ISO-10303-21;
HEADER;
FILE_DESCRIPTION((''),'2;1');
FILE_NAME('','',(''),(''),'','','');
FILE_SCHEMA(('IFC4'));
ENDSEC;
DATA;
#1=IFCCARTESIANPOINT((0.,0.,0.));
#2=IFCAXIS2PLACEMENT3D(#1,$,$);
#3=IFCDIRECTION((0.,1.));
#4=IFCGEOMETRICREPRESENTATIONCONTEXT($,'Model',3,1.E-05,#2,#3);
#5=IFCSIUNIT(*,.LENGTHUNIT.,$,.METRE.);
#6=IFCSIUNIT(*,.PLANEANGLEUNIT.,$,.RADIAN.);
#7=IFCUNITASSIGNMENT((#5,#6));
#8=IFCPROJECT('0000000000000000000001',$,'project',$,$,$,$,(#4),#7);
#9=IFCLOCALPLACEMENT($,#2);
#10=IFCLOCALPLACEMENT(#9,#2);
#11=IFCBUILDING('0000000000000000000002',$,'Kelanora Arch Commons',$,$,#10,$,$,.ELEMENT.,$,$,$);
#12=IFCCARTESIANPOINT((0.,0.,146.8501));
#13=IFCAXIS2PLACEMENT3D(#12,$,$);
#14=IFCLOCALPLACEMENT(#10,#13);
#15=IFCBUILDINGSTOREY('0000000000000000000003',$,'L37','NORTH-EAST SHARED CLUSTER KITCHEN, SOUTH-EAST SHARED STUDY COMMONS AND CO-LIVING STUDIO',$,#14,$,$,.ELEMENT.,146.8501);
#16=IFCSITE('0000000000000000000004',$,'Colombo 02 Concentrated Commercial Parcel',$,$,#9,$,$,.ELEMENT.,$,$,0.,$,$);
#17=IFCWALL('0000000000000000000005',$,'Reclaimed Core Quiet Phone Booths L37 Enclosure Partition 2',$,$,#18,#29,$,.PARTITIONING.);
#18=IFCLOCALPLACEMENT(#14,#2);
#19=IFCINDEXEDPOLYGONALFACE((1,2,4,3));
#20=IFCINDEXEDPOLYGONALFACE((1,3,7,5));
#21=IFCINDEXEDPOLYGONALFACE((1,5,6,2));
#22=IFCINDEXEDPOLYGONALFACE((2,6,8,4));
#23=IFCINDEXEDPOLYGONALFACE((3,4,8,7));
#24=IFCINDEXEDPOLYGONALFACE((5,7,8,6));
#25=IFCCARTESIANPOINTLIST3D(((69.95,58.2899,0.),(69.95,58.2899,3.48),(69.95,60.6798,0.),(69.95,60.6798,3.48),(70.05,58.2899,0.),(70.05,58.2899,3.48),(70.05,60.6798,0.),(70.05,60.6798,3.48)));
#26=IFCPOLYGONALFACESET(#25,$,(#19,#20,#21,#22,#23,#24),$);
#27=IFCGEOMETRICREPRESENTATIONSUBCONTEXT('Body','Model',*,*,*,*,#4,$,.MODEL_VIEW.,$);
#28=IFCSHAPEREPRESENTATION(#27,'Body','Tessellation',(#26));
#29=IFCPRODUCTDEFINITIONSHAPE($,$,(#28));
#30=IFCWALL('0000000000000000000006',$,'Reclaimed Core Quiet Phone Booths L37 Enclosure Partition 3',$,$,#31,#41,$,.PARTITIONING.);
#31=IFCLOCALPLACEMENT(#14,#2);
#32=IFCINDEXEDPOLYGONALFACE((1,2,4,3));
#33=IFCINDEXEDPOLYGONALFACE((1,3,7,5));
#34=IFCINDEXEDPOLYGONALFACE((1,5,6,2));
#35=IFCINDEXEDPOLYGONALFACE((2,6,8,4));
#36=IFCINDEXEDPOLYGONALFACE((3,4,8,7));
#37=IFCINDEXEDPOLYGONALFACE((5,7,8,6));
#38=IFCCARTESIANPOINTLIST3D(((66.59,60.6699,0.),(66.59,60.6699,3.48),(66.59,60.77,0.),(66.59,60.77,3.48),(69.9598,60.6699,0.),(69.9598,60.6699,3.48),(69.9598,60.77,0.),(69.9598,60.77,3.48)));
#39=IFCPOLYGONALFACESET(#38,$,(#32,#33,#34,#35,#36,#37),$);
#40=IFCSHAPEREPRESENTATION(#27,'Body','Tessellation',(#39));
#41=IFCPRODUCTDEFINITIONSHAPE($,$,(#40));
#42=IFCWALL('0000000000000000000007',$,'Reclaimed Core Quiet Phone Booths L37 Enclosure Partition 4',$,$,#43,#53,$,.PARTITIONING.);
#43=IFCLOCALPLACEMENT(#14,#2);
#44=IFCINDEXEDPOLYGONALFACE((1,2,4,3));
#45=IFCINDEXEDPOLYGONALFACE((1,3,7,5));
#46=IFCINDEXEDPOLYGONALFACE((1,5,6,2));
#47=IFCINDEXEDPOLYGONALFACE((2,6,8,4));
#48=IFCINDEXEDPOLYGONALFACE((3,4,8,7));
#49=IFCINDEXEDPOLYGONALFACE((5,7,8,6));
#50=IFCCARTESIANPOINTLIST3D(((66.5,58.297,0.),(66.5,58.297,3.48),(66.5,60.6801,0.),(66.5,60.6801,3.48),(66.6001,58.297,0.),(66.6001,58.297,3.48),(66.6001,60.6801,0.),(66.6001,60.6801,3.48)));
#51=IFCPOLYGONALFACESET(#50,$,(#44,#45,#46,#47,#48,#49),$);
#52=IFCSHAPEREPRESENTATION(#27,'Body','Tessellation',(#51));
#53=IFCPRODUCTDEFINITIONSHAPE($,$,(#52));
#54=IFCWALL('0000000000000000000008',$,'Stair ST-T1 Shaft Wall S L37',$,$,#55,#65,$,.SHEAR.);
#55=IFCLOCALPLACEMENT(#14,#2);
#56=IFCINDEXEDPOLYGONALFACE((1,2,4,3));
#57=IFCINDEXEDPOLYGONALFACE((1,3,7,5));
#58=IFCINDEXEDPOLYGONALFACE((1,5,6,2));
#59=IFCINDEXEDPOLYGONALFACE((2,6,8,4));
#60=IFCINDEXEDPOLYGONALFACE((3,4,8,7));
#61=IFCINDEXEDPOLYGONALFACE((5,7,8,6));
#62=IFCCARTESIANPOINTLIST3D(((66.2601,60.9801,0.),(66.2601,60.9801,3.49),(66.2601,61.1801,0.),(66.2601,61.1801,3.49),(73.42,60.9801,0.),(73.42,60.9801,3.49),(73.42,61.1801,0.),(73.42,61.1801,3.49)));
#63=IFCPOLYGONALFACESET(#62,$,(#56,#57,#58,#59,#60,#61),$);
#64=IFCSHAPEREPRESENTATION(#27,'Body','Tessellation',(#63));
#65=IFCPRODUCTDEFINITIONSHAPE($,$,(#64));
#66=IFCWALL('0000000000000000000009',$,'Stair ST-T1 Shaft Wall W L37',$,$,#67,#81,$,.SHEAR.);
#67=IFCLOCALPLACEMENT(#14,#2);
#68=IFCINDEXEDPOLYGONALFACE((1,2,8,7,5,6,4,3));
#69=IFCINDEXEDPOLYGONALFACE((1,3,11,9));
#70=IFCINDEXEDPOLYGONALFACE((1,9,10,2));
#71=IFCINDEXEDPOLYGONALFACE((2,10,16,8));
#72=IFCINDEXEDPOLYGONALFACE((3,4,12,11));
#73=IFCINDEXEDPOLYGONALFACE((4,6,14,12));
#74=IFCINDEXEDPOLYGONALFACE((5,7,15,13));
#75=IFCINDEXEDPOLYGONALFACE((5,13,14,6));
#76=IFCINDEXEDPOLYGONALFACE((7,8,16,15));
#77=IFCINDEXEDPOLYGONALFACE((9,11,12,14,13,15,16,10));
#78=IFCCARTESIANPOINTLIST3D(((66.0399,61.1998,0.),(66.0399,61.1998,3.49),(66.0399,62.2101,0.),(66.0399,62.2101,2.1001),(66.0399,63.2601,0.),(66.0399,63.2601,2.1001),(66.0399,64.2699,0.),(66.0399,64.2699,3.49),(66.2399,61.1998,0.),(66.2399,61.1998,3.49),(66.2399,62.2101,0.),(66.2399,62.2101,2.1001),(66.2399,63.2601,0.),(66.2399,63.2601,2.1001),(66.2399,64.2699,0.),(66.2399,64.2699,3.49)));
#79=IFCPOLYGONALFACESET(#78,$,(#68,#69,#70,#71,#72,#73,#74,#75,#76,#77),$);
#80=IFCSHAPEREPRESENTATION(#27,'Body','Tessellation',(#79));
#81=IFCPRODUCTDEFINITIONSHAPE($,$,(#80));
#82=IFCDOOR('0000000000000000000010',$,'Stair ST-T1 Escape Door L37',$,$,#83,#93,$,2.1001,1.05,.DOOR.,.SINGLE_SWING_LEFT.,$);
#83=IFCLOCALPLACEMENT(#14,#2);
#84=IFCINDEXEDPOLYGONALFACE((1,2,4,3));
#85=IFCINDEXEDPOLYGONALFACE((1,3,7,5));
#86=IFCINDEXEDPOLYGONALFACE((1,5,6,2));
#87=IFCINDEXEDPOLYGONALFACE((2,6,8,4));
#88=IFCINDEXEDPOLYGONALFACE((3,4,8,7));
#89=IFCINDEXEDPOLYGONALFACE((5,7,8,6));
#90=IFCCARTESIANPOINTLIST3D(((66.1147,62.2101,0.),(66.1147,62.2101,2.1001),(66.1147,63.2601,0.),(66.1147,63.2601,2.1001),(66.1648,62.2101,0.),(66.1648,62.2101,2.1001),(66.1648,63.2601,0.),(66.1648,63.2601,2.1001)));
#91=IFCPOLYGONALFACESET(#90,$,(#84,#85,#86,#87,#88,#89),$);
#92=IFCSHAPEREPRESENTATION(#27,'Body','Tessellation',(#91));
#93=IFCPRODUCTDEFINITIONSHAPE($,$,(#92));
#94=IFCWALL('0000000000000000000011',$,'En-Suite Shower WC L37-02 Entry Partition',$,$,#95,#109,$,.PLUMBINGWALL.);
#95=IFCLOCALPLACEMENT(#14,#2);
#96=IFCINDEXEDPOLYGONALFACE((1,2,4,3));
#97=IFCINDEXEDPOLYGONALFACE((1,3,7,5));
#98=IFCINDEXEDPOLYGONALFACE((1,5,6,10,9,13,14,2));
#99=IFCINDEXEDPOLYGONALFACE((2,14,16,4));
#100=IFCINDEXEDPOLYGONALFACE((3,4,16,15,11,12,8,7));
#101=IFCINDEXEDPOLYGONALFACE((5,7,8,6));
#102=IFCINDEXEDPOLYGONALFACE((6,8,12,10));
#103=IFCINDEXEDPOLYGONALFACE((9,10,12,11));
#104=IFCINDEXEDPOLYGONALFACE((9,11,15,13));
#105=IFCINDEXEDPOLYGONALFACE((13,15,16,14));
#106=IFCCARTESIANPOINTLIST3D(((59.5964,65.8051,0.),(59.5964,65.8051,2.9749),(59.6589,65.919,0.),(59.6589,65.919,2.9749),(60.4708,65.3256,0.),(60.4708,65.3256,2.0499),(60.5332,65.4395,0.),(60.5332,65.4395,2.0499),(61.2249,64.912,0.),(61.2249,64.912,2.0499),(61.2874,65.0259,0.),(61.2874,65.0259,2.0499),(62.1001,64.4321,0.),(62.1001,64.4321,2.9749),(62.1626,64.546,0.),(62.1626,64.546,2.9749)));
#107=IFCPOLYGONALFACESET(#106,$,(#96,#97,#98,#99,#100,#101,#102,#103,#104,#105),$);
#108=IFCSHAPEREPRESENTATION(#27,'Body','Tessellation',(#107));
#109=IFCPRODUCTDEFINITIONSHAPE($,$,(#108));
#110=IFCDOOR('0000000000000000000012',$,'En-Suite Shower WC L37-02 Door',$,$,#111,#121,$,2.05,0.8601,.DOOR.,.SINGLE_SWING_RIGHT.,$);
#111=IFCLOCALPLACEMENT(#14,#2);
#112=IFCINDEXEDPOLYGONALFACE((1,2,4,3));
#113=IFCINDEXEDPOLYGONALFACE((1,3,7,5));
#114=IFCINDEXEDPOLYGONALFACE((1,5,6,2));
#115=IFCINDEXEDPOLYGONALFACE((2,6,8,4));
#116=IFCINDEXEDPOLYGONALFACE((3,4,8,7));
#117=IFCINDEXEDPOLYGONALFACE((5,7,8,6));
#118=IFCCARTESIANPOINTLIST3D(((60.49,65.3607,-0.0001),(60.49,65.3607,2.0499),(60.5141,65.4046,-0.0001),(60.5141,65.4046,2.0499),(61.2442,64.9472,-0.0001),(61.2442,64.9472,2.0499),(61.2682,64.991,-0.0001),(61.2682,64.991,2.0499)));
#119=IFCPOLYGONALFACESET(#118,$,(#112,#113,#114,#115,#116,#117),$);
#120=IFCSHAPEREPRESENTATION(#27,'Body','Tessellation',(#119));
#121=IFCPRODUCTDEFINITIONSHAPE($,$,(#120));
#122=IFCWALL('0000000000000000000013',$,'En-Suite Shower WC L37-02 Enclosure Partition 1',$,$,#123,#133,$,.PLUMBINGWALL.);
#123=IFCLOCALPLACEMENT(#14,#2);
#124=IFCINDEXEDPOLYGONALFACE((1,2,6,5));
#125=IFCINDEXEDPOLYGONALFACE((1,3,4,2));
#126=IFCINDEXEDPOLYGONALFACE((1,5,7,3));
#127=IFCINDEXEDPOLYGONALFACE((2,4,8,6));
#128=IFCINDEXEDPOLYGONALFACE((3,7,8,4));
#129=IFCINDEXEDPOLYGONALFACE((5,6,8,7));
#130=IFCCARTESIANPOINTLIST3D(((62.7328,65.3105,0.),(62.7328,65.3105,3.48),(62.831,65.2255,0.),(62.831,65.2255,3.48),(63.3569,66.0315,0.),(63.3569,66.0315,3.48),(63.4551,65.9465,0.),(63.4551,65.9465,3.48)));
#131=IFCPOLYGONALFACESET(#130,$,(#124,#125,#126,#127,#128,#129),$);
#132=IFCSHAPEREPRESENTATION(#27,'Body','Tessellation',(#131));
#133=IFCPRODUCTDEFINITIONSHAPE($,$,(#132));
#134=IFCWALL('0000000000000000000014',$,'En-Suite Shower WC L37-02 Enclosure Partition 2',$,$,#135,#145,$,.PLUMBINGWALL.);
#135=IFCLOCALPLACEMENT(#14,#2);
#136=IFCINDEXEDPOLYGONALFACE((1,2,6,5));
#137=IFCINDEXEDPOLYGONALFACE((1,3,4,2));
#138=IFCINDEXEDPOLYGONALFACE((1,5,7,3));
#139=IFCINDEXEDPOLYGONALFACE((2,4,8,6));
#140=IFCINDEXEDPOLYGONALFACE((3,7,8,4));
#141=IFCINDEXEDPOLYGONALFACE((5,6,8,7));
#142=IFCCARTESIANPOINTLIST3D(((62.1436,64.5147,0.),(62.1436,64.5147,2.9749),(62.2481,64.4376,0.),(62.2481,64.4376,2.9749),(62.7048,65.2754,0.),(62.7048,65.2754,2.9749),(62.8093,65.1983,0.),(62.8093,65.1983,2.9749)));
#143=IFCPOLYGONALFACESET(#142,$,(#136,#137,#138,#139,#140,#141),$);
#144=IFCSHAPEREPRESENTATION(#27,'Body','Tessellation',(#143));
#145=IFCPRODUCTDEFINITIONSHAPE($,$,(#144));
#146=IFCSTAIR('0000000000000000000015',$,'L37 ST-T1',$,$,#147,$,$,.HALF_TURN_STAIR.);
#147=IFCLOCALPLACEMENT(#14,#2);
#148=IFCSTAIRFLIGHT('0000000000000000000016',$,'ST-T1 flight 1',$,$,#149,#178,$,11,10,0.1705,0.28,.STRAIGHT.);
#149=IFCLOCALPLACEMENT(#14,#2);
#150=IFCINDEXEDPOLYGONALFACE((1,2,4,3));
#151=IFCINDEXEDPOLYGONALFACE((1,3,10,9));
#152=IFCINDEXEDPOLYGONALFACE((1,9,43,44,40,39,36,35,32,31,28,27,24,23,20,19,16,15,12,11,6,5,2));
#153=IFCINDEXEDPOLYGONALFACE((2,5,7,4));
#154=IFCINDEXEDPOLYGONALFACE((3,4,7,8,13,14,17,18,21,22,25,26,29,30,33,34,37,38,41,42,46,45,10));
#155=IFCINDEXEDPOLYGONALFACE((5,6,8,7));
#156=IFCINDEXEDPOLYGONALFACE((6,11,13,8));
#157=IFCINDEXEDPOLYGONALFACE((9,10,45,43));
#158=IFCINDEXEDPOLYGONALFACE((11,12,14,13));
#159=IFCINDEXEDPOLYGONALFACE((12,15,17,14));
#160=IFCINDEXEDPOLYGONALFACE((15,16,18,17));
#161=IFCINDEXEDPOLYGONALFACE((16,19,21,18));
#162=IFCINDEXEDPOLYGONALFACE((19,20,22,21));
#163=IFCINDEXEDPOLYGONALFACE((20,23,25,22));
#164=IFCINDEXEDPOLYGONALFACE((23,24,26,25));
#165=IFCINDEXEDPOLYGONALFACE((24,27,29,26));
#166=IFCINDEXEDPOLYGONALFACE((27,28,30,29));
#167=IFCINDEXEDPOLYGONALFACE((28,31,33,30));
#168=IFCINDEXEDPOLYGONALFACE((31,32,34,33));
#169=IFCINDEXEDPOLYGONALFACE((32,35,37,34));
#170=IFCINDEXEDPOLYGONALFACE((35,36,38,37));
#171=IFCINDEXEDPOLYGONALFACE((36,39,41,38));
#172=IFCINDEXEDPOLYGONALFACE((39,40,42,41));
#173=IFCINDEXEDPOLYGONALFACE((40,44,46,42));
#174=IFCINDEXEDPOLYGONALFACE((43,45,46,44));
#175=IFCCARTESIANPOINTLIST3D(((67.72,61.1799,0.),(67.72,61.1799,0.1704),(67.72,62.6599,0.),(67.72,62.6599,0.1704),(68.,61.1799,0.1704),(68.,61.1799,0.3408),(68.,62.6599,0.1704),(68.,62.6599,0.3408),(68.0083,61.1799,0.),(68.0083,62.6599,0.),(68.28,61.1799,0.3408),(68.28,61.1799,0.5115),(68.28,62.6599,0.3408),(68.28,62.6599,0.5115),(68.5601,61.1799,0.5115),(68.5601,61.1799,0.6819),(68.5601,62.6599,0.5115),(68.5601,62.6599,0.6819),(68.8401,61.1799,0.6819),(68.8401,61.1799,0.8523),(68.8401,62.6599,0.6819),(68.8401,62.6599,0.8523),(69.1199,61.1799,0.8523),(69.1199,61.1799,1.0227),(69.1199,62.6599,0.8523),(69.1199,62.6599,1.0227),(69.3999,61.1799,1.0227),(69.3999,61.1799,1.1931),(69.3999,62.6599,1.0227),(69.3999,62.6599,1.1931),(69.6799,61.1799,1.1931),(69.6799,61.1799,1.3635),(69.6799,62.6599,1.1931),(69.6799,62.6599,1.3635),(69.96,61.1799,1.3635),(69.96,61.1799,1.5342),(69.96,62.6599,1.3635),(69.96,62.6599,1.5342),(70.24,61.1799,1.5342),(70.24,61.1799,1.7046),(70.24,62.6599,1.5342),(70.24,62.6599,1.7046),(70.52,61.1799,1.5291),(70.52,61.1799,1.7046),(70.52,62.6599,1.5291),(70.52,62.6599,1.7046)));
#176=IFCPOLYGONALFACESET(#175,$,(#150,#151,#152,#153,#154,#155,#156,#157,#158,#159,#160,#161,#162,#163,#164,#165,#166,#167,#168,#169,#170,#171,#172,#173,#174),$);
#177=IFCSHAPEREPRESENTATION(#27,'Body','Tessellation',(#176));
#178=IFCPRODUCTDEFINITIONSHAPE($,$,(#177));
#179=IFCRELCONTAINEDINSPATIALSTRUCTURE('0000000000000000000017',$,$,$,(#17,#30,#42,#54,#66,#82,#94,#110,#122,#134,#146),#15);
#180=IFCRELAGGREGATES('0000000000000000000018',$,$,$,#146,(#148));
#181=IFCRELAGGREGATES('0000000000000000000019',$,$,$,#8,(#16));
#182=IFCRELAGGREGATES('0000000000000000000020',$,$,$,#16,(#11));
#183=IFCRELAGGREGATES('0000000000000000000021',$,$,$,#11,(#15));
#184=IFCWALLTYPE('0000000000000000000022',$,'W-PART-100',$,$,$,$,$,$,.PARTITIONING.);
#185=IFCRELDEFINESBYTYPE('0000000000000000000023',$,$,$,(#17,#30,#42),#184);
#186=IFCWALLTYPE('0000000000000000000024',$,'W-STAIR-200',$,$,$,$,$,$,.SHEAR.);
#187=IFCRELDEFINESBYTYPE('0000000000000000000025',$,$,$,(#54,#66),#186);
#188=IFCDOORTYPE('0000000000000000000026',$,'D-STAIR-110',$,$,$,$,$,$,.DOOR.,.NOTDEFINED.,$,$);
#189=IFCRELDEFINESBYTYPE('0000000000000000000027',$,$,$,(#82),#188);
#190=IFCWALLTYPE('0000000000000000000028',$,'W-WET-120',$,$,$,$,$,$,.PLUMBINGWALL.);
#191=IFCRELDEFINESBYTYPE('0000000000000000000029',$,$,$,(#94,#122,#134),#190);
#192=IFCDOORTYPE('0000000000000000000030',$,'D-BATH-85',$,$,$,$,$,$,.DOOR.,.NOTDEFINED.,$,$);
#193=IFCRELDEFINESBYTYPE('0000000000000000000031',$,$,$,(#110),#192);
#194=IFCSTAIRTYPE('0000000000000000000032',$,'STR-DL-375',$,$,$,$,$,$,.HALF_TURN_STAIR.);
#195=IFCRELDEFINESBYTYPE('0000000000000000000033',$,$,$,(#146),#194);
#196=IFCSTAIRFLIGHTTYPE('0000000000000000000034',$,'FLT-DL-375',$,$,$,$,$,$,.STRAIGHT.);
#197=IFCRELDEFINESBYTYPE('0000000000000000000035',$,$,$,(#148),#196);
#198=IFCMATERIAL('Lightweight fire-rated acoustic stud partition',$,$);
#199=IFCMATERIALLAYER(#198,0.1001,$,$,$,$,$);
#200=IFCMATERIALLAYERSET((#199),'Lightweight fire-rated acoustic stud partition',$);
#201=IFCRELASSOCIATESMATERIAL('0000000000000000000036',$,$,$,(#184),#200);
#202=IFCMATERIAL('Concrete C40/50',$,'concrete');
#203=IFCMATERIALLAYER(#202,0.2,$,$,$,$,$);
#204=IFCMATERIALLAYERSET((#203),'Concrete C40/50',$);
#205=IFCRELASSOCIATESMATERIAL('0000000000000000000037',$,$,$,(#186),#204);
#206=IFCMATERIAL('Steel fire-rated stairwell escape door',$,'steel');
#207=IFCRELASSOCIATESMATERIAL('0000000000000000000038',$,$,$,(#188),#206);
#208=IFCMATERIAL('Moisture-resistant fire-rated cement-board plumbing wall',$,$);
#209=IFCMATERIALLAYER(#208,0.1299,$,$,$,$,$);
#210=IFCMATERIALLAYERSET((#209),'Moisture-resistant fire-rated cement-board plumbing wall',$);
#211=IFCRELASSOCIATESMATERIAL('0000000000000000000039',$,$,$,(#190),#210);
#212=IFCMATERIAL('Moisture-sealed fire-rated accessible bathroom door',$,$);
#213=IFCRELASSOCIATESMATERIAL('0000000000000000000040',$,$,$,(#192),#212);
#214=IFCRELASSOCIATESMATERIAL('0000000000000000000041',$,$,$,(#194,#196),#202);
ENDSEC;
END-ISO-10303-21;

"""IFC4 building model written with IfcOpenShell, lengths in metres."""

from ifc_helpers import new_model, si_unit, direction, frame, frame_2d, origin, place, context, subcontext, project, spatial, polyline, rectangle, outline, extrude, material, layer, layer_set, type_object, element, fill, aggregate, save


model = new_model("IFC4")

# Units and contexts
model_context = context("Model", 3, precision=1e-05, world=origin(), true_north=direction((0.0, 1.0)))
body_context = subcontext(model_context, "Body", "Model", "MODEL_VIEW")
ifc_project = project(units=[si_unit("LENGTHUNIT", "METRE"), si_unit("PLANEANGLEUNIT", "RADIAN")], contexts=[model_context])

# Site, building, storey
site_placement = place(None, origin())
site = spatial("IfcSite", under=ifc_project, at=site_placement, Name="Colombo 02 Concentrated Commercial Parcel", CompositionType="ELEMENT", RefElevation=0.0)
building_placement = place(site_placement, origin())
building = spatial("IfcBuilding", under=site, at=building_placement, Name="Kelanora Arch Commons", CompositionType="ELEMENT")
storey_placement = place(building_placement, frame((0.0, 0.0, 146.8501)))
storey = spatial("IfcBuildingStorey", under=building, at=storey_placement, Name="L37", Description="NORTH-EAST SHARED CLUSTER KITCHEN, SOUTH-EAST SHARED STUDY COMMONS AND CO-LIVING STUDIO", CompositionType="ELEMENT", Elevation=146.8501)

# Walls
ifc_material_1 = material(Name="Lightweight fire-rated acoustic stud partition")
ifc_layer_1 = layer(ifc_material_1, 0.1001)
ifc_layer_set_1 = layer_set([ifc_layer_1], Name="Lightweight fire-rated acoustic stud partition")
wall_type_1 = type_object("IfcWallType", Name="W-PART-100", PredefinedType="PARTITIONING", material=ifc_layer_set_1)
wall_1_placement = place(storey_placement, frame((70.0, 58.29, 0.0), z_axis=(0.0, 0.0, 1.0), x_axis=(0.0, 1.0, 0.0)))
element("IfcWall", 1, at=wall_1_placement, inside=storey, type_object=wall_type_1, Name="Reclaimed Core Quiet Phone Booths L37 Enclosure Partition 2", PredefinedType="PARTITIONING", context=body_context, shape_type="SweptSolid", body=[
    extrude(rectangle(XDim=2.3899, YDim=0.1001, at=frame_2d((1.1948, 0.0))), origin(), (0.0, 0.0, 1.0), 3.48),
])
wall_2_placement = place(storey_placement, frame((69.96, 60.72, 0.0), z_axis=(0.0, 0.0, 1.0), x_axis=(-1.0, 0.0, 0.0)))
element("IfcWall", 2, at=wall_2_placement, inside=storey, type_object=wall_type_1, Name="Reclaimed Core Quiet Phone Booths L37 Enclosure Partition 3", PredefinedType="PARTITIONING", context=body_context, shape_type="SweptSolid", body=[
    extrude(rectangle(XDim=3.3699, YDim=0.1001, at=frame_2d((1.6851, 0.0))), origin(), (0.0, 0.0, 1.0), 3.48),
])
wall_3_placement = place(storey_placement, frame((66.55, 60.6799, 0.0), z_axis=(0.0, 0.0, 1.0), x_axis=(0.0, -1.0, 0.0)))
element("IfcWall", 3, at=wall_3_placement, inside=storey, type_object=wall_type_1, Name="Reclaimed Core Quiet Phone Booths L37 Enclosure Partition 4", PredefinedType="PARTITIONING", context=body_context, shape_type="SweptSolid", body=[
    extrude(rectangle(XDim=2.3831, YDim=0.1001, at=frame_2d((1.1914, 0.0))), origin(), (0.0, 0.0, 1.0), 3.48),
])
ifc_material_2 = material(Name="Concrete C40/50", Category="concrete")
ifc_layer_2 = layer(ifc_material_2, 0.2)
ifc_layer_set_2 = layer_set([ifc_layer_2], Name="Concrete C40/50")
wall_type_2 = type_object("IfcWallType", Name="W-STAIR-200", PredefinedType="SHEAR", material=ifc_layer_set_2)
wall_4_placement = place(storey_placement, frame((66.26, 61.0801, 0.0), z_axis=(0.0, 0.0, 1.0), x_axis=(1.0, 0.0, 0.0)))
element("IfcWall", 4, at=wall_4_placement, inside=storey, type_object=wall_type_2, Name="Stair ST-T1 Shaft Wall S L37", PredefinedType="SHEAR", context=body_context, shape_type="SweptSolid", body=[
    extrude(rectangle(XDim=7.1599, YDim=0.2, at=frame_2d((3.5801, 0.0))), origin(), (0.0, 0.0, 1.0), 3.49),
])

# Walls, openings, doors
wall_5_placement = place(storey_placement, frame((66.1399, 64.27, 0.0), z_axis=(0.0, 0.0, 1.0), x_axis=(0.0, -1.0, 0.0)))
wall_5 = element("IfcWall", 5, at=wall_5_placement, inside=storey, type_object=wall_type_2, Name="Stair ST-T1 Shaft Wall W L37", PredefinedType="SHEAR", context=body_context, shape_type="SweptSolid", body=[
    extrude(rectangle(XDim=3.0701, YDim=0.2, at=frame_2d((1.5352, 0.0))), origin(), (0.0, 0.0, 1.0), 3.49),
])
opening_1_placement = place(wall_5_placement, frame((1.01, 0.0, 0.0)))
opening_1 = element("IfcOpeningElement", 6, at=opening_1_placement, cuts=wall_5, PredefinedType="OPENING", context=body_context, shape_type="SweptSolid", body=[
    extrude(rectangle(XDim=1.05, YDim=2.1001, at=frame_2d((0.5249, 1.05))), frame((0.0, 0.1099, 0.0), z_axis=(0.0, -1.0, 0.0), x_axis=(1.0, 0.0, 0.0)), (0.0, 0.0, 1.0), 0.22),
])
ifc_material_3 = material(Name="Steel fire-rated stairwell escape door", Category="steel")
door_type_1 = type_object("IfcDoorType", Name="D-STAIR-110", OperationType="NOTDEFINED", PredefinedType="DOOR", material=ifc_material_3)
door_1_placement = place(opening_1_placement, origin())
door_1 = element("IfcDoor", 7, at=door_1_placement, inside=storey, type_object=door_type_1, Name="Stair ST-T1 Escape Door L37", OperationType="SINGLE_SWING_LEFT", OverallHeight=2.1001, OverallWidth=1.05, PredefinedType="DOOR", context=body_context, shape_type="SweptSolid", body=[
    extrude(rectangle(XDim=1.05, YDim=2.1001, at=frame_2d((0.5249, 1.05))), frame((0.0, 0.0249, 0.0), z_axis=(0.0, -1.0, 0.0), x_axis=(1.0, 0.0, 0.0)), (0.0, 0.0, 1.0), 0.05),
])
fill(opening_1, door_1)
ifc_material_4 = material(Name="Moisture-resistant fire-rated cement-board plumbing wall")
ifc_layer_3 = layer(ifc_material_4, 0.1299)
ifc_layer_set_3 = layer_set([ifc_layer_3], Name="Moisture-resistant fire-rated cement-board plumbing wall")
wall_type_3 = type_object("IfcWallType", Name="W-WET-120", PredefinedType="PLUMBINGWALL", material=ifc_layer_set_3)
wall_6_placement = place(storey_placement, frame((62.1313, 64.489, 0.0), z_axis=(0.0, 0.0, 1.0), x_axis=(-0.876802, 0.480852, 0.0)))
wall_6 = element("IfcWall", 8, at=wall_6_placement, inside=storey, type_object=wall_type_3, Name="En-Suite Shower WC L37-02 Entry Partition", PredefinedType="PLUMBINGWALL", context=body_context, shape_type="SweptSolid", body=[
    extrude(rectangle(XDim=2.8555, YDim=0.1299, at=frame_2d((1.4277, 0.0))), origin(), (0.0, 0.0, 1.0), 2.9749),
])
opening_2_placement = place(wall_6_placement, frame((0.998, 0.0, 0.0)))
opening_2 = element("IfcOpeningElement", 9, at=opening_2_placement, cuts=wall_6, PredefinedType="OPENING", context=body_context, shape_type="SweptSolid", body=[
    extrude(rectangle(XDim=0.8601, YDim=2.05, at=frame_2d((0.4302, 1.0249))), frame((0.0, 0.075, 0.0), z_axis=(0.0, -1.0, 0.0), x_axis=(1.0, 0.0, 0.0)), (0.0, 0.0, 1.0), 0.1499),
])
ifc_material_5 = material(Name="Moisture-sealed fire-rated accessible bathroom door")
door_type_2 = type_object("IfcDoorType", Name="D-BATH-85", OperationType="NOTDEFINED", PredefinedType="DOOR", material=ifc_material_5)
door_2_placement = place(opening_2_placement, origin())
door_2 = element("IfcDoor", 10, at=door_2_placement, inside=storey, type_object=door_type_2, Name="En-Suite Shower WC L37-02 Door", OperationType="SINGLE_SWING_RIGHT", OverallHeight=2.05, OverallWidth=0.8601, PredefinedType="DOOR", context=body_context, shape_type="SweptSolid", body=[
    extrude(rectangle(XDim=0.8601, YDim=2.05, at=frame_2d((0.4302, 1.0249))), frame((0.0, 0.0249, 0.0), z_axis=(0.0, -1.0, 0.0), x_axis=(1.0, 0.0, 0.0)), (0.0, 0.0, 1.0), 0.05),
])
fill(opening_2, door_2)

# Walls
wall_7_placement = place(storey_placement, frame((63.406, 65.989, 0.0), z_axis=(0.0, 0.0, 1.0), x_axis=(-0.654453, -0.756103, 0.0)))
element("IfcWall", 11, at=wall_7_placement, inside=storey, type_object=wall_type_3, Name="En-Suite Shower WC L37-02 Enclosure Partition 1", PredefinedType="PLUMBINGWALL", context=body_context, shape_type="SweptSolid", body=[
    extrude(rectangle(XDim=0.9536, YDim=0.1299, at=frame_2d((0.4768, 0.0))), origin(), (0.0, 0.0, 1.0), 3.48),
])
wall_8_placement = place(storey_placement, frame((62.7571, 65.2368, 0.0), z_axis=(0.0, 0.0, 1.0), x_axis=(-0.593701, -0.804686, 0.0)))
element("IfcWall", 12, at=wall_8_placement, inside=storey, type_object=wall_type_3, Name="En-Suite Shower WC L37-02 Enclosure Partition 2", PredefinedType="PLUMBINGWALL", context=body_context, shape_type="SweptSolid", body=[
    extrude(rectangle(XDim=0.9453, YDim=0.1299, at=frame_2d((0.4727, 0.0))), origin(), (0.0, 0.0, 1.0), 2.9749),
])

# Stair, stair flight
stair_type = type_object("IfcStairType", Name="STR-DL-375", PredefinedType="HALF_TURN_STAIR", material=ifc_material_2)
stair_placement = place(storey_placement, origin())
stair = element("IfcStair", 13, at=stair_placement, inside=storey, type_object=stair_type, Name="L37 ST-T1", PredefinedType="HALF_TURN_STAIR")
stair_flight_type = type_object("IfcStairFlightType", Name="FLT-DL-375", PredefinedType="STRAIGHT", material=ifc_material_2)
stair_flight_1_placement = place(storey_placement, frame((67.72, 61.9199, 0.0), z_axis=(0.0, 0.0, 1.0), x_axis=(1.0, 0.0, 0.0)))
stair_flight_1 = element("IfcStairFlight", 14, at=stair_flight_1_placement, type_object=stair_flight_type, Name="ST-T1 flight 1", NumberOfRisers=11, NumberOfTreads=10, PredefinedType="STRAIGHT", RiserHeight=0.1705, TreadLength=0.28, context=body_context, shape_type="SweptSolid", body=[
    extrude(outline(polyline([(0.0, 0.0), (0.0, 0.1704), (0.28, 0.1704), (0.28, 0.3408), (0.5601, 0.3408), (0.5601, 0.5115), (0.8401, 0.5115), (0.8401, 0.6819), (1.1201, 0.6819), (1.1201, 0.8523), (1.3999, 0.8523), (1.3999, 1.0227), (1.6799, 1.0227), (1.6799, 1.1931), (1.96, 1.1931), (1.96, 1.3635), (2.24, 1.3635), (2.24, 1.5342), (2.52, 1.5342), (2.52, 1.7046), (2.8, 1.7046), (2.8, 1.875), (2.8, 1.5291), (0.2883, 0.0), (0.0, 0.0)])), frame((0.0, 0.74, 0.0), z_axis=(0.0, -1.0, 0.0), x_axis=(1.0, 0.0, 0.0)), (0.0, 0.0, 1.0), 1.48),
])
aggregate(stair, [stair_flight_1])

save(model, "model.ifc")
